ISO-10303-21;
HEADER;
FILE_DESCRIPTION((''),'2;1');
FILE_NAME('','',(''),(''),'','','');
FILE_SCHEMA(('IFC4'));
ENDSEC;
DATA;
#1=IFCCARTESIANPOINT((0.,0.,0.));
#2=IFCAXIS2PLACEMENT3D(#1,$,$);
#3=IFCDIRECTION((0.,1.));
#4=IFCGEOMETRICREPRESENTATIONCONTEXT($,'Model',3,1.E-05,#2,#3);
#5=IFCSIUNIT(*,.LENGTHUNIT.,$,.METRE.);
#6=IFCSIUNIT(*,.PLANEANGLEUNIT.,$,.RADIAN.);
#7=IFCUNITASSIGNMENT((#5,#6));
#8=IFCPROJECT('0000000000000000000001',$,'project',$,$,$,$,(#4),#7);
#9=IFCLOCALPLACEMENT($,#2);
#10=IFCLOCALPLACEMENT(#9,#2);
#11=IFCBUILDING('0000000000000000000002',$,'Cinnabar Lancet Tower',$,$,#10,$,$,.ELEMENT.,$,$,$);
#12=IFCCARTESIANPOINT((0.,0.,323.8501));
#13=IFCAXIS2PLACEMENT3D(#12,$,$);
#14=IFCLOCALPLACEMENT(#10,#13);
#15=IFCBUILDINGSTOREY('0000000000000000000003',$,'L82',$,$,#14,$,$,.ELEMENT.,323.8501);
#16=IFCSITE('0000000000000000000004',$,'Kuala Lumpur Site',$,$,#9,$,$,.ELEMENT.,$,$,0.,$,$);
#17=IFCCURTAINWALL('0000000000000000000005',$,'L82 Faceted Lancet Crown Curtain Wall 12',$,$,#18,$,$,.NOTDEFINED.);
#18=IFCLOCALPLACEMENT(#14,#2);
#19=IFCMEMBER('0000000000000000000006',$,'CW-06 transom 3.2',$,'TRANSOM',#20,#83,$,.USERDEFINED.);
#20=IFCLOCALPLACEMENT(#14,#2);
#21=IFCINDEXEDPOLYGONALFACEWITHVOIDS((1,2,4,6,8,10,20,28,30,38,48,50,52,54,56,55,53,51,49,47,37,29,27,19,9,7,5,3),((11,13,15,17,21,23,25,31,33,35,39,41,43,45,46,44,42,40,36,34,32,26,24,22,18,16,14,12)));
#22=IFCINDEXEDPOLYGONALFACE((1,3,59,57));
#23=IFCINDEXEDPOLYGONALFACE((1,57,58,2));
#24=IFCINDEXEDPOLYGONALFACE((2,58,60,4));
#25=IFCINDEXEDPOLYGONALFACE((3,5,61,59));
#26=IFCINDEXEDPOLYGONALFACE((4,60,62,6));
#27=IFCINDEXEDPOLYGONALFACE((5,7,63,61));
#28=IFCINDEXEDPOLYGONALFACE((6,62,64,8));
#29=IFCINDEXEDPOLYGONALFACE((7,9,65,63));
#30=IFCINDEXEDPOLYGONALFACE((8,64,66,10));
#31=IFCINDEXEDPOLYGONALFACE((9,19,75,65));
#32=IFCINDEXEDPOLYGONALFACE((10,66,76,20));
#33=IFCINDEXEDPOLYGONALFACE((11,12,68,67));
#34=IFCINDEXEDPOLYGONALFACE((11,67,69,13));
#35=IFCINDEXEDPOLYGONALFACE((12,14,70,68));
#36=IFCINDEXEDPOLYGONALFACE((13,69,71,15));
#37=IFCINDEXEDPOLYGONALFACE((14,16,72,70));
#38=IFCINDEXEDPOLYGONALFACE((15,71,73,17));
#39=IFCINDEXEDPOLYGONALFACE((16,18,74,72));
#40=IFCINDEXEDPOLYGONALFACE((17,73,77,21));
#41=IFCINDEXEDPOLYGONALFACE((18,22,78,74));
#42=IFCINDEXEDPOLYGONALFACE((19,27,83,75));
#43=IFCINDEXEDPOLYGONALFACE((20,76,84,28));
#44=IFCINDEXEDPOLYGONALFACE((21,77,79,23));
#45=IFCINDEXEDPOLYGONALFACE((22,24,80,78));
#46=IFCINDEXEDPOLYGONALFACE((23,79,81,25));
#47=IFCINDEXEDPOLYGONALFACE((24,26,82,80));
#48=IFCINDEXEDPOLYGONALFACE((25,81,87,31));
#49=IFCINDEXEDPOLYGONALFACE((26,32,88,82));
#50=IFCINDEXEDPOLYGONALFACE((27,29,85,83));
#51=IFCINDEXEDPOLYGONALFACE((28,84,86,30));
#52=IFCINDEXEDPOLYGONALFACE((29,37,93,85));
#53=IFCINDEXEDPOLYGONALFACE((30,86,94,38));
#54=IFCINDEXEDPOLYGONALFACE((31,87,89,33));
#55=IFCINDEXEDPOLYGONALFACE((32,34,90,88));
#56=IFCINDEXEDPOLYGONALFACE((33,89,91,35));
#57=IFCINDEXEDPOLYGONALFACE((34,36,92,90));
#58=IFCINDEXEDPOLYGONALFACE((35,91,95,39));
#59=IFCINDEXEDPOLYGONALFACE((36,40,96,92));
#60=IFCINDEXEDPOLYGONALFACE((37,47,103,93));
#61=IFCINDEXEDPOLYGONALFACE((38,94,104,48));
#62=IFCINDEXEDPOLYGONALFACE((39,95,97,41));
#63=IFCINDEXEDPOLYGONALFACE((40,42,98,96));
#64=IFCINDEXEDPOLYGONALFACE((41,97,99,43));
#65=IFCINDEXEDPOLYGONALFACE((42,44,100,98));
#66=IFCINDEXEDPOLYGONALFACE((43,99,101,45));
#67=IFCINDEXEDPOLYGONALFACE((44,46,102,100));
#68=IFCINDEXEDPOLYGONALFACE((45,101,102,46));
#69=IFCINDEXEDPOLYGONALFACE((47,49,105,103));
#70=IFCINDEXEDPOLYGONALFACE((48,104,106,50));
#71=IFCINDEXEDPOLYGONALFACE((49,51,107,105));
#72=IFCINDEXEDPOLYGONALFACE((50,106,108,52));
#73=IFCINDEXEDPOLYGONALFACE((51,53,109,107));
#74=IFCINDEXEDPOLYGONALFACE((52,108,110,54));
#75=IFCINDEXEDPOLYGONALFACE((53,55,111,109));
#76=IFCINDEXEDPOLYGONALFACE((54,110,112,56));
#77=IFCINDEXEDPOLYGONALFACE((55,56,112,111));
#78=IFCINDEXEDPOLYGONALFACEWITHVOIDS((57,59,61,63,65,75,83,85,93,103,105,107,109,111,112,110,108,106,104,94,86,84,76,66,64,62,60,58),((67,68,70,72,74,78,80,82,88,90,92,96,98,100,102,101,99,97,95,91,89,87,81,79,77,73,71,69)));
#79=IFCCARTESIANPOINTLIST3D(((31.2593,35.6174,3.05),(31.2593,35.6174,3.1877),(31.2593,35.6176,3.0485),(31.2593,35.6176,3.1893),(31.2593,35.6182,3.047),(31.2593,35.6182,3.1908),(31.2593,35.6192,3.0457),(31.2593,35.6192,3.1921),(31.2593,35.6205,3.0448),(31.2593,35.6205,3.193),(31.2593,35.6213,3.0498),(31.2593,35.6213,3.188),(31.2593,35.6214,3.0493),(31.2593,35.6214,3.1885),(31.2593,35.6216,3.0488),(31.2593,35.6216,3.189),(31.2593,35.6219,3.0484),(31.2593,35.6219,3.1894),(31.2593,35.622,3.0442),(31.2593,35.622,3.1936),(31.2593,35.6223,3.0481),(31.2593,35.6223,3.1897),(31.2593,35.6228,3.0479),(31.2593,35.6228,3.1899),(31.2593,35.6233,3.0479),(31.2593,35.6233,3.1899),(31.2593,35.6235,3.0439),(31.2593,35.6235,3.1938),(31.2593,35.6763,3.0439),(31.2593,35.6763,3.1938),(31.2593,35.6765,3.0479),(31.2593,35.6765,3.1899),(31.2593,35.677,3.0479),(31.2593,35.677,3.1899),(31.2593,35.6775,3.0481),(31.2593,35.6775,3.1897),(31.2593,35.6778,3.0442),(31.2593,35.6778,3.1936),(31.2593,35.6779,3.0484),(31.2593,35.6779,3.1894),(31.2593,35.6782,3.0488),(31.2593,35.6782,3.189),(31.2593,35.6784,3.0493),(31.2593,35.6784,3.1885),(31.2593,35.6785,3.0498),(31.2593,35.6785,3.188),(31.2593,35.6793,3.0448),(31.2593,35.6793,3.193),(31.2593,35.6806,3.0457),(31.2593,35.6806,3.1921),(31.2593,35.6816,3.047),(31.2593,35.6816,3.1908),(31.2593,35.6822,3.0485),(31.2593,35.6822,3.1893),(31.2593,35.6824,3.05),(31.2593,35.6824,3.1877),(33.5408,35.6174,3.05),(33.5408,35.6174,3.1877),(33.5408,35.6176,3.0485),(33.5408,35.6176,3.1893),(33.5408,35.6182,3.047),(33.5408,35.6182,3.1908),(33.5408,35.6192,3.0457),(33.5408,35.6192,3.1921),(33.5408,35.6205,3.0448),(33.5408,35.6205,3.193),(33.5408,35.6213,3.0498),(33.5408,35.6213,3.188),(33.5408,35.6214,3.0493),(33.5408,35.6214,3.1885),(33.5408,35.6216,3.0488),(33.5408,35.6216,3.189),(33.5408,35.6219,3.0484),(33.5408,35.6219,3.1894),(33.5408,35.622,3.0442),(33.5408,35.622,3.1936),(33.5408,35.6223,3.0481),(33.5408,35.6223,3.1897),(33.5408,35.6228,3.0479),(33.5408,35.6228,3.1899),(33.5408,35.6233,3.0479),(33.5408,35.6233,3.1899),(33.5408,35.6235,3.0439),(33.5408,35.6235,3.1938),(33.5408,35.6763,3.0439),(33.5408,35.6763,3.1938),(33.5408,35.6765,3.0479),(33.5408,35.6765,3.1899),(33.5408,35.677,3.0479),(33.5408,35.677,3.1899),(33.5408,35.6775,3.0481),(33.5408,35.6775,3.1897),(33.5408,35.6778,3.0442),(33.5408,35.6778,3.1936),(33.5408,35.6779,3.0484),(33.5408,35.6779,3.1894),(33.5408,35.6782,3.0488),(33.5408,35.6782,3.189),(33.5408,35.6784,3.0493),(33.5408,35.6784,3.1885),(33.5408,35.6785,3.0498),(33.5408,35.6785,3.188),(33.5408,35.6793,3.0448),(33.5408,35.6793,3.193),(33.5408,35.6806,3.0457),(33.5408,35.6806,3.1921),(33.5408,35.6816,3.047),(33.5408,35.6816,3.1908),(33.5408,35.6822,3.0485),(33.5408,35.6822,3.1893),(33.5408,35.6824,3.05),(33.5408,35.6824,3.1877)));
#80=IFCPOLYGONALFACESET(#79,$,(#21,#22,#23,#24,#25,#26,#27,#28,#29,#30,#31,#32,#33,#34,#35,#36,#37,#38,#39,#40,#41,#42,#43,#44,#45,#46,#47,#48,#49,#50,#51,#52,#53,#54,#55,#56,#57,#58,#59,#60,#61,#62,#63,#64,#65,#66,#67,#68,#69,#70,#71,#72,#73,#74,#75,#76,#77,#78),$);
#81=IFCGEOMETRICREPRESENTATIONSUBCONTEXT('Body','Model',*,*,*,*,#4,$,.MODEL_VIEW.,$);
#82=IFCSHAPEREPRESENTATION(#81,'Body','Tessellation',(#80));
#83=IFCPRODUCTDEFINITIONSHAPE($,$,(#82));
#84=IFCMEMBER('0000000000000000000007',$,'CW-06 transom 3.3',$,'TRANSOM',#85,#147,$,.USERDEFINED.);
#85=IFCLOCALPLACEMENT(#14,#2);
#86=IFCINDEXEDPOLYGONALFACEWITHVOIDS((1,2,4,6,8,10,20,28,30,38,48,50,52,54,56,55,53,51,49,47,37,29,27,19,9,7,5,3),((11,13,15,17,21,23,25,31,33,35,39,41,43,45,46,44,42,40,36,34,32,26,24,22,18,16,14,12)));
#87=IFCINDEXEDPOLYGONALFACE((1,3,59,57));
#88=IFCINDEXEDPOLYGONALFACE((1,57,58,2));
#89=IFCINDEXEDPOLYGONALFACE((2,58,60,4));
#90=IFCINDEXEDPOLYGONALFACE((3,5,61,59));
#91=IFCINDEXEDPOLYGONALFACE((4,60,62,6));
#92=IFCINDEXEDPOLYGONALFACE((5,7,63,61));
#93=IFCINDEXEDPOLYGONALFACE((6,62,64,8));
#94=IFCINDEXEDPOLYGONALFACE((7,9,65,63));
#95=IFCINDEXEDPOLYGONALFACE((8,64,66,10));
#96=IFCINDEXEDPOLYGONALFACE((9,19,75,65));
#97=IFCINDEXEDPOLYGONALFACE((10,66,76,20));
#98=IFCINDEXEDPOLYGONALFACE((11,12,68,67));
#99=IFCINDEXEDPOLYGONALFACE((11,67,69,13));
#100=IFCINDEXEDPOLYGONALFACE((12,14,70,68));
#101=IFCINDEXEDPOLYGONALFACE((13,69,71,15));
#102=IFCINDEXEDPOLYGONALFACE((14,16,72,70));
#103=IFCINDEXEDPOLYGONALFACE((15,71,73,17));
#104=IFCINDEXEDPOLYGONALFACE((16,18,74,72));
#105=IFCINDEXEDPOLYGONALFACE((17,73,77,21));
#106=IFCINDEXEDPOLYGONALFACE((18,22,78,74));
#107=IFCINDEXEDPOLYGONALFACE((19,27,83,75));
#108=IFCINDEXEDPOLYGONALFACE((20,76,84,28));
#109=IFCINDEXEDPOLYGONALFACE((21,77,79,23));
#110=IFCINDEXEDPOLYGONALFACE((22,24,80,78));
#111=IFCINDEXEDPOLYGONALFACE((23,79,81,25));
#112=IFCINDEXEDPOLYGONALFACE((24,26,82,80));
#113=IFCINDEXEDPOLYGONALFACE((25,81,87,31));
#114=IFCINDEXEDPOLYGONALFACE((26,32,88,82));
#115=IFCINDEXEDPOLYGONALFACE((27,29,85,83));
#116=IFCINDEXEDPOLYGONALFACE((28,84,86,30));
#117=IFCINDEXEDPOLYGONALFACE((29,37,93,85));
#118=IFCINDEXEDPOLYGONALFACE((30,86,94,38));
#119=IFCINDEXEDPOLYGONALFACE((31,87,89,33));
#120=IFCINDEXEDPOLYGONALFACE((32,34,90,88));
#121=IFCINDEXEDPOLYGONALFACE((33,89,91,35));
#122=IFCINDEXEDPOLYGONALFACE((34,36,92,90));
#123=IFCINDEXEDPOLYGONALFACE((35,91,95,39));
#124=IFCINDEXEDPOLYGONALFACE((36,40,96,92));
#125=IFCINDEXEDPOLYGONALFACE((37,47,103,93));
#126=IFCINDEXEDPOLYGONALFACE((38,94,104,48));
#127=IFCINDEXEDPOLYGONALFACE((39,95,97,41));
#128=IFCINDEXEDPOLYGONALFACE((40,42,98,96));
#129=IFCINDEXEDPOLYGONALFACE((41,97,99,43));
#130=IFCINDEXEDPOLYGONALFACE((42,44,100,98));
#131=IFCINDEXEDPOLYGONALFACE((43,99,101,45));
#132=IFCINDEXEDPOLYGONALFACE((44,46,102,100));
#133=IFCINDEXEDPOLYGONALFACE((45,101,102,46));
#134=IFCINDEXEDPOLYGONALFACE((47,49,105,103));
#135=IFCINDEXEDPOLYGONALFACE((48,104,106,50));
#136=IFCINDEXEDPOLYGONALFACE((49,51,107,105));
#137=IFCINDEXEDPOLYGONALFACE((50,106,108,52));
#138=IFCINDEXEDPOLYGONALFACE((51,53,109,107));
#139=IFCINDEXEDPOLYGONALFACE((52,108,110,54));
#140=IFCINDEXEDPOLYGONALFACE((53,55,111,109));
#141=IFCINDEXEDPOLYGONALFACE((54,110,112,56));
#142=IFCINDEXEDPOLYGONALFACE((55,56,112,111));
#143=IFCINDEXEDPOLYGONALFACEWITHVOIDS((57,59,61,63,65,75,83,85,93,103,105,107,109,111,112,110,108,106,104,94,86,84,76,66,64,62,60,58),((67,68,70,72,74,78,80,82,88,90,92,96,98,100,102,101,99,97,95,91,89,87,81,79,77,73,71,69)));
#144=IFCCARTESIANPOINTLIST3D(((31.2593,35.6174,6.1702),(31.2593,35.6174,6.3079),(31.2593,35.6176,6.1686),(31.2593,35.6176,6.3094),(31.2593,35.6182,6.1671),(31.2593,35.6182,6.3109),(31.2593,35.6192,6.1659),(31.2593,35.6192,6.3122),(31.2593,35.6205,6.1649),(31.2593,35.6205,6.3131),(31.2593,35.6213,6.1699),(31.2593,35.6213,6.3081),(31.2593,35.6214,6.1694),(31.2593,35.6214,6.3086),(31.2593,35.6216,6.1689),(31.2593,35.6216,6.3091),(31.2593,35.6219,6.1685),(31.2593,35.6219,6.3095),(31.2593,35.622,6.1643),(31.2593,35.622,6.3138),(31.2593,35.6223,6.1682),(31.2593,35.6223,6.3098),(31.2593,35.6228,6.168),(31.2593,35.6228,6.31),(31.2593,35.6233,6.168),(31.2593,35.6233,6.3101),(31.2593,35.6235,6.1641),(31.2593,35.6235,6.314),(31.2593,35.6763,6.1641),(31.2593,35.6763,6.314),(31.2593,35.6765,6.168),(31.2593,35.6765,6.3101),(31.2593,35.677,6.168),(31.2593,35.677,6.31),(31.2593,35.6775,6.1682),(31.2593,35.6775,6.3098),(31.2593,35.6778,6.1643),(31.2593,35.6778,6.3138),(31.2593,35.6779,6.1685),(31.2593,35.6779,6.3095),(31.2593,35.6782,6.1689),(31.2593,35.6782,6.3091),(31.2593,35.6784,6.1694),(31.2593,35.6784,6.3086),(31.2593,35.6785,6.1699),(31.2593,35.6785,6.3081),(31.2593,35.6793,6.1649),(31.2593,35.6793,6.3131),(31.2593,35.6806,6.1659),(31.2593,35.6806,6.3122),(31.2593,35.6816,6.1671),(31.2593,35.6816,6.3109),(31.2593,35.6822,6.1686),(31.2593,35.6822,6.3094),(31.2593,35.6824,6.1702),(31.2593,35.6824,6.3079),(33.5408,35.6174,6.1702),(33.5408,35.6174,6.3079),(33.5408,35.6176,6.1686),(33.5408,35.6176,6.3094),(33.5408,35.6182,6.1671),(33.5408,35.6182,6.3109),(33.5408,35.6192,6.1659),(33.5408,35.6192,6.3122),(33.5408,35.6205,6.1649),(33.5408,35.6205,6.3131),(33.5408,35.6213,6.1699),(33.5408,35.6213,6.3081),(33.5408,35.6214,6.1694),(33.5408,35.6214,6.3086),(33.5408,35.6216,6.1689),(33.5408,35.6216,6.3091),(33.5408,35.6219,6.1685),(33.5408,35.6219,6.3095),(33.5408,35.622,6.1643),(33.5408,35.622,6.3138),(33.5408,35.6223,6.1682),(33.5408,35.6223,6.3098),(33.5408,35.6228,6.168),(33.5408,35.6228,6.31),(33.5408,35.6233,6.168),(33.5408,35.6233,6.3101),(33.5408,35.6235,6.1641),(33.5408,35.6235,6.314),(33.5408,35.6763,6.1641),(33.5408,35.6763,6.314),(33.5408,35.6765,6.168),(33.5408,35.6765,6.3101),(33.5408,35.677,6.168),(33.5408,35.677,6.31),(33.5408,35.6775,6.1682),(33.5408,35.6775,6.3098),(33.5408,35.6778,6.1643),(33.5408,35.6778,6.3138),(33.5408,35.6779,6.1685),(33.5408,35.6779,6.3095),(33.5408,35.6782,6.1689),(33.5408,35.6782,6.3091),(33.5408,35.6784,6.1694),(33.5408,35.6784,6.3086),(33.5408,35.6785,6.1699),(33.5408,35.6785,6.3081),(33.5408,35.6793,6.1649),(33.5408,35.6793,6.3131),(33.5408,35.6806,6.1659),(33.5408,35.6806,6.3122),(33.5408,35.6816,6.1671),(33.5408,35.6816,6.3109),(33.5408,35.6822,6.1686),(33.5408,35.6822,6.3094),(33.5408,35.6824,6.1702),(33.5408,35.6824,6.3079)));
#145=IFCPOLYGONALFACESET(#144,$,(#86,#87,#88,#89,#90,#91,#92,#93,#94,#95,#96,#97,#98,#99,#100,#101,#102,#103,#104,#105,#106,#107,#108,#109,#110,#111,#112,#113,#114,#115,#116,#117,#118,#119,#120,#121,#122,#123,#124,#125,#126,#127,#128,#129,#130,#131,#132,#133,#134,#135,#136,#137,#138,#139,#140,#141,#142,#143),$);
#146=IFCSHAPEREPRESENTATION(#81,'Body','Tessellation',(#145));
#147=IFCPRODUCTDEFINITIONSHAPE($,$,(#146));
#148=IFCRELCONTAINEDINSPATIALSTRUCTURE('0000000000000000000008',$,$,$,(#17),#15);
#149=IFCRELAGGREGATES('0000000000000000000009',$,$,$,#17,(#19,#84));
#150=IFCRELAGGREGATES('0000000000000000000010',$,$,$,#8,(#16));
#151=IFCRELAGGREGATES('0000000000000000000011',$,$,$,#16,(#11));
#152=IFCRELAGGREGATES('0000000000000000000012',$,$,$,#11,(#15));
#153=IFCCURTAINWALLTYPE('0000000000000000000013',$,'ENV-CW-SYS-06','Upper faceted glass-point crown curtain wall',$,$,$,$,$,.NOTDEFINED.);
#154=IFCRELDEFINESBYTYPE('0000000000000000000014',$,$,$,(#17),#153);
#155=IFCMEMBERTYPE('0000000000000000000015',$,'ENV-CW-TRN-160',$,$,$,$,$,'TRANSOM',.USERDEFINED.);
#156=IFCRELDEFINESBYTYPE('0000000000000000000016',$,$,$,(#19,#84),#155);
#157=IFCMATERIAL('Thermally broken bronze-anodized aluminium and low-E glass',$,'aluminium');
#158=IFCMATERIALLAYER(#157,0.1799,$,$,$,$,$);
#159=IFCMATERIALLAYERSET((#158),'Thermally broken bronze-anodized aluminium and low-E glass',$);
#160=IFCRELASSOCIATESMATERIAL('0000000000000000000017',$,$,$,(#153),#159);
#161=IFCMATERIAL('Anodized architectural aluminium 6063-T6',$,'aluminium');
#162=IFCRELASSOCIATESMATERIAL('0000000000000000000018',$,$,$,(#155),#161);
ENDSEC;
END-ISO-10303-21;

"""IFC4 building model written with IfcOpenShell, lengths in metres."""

from ifc_helpers import new_model, si_unit, direction, frame, origin, origin_2d, place, context, subcontext, project, spatial, hollow_rectangle, extrude, material, layer, layer_set, material_profile, profile_set, type_object, element, aggregate, save


model = new_model("IFC4")

# Units and contexts
model_context = context("Model", 3, precision=1e-05, world=origin(), true_north=direction((0.0, 1.0)))
body_context = subcontext(model_context, "Body", "Model", "MODEL_VIEW")
ifc_project = project(units=[si_unit("LENGTHUNIT", "METRE"), si_unit("PLANEANGLEUNIT", "RADIAN")], contexts=[model_context])

# Site, building, storey
site_placement = place(None, origin())
site = spatial("IfcSite", under=ifc_project, at=site_placement, Name="Kuala Lumpur Site", CompositionType="ELEMENT", RefElevation=0.0)
building_placement = place(site_placement, origin())
building = spatial("IfcBuilding", under=site, at=building_placement, Name="Cinnabar Lancet Tower", CompositionType="ELEMENT")
storey_placement = place(building_placement, frame((0.0, 0.0, 323.8501)))
storey = spatial("IfcBuildingStorey", under=building, at=storey_placement, Name="L82", CompositionType="ELEMENT", Elevation=323.8501)

# Shared definitions
ifc_material_1 = material(Name="Thermally broken bronze-anodized aluminium and low-E glass", Category="aluminium")
ifc_layer_1 = layer(ifc_material_1, 0.1799)
ifc_layer_set_1 = layer_set([ifc_layer_1], Name="Thermally broken bronze-anodized aluminium and low-E glass")
curtain_wall_type = type_object("IfcCurtainWallType", Name="ENV-CW-SYS-06", Description="Upper faceted glass-point crown curtain wall", PredefinedType="NOTDEFINED", material=ifc_layer_set_1)

# Curtain wall, members
curtain_wall_1_placement = place(storey_placement, origin())
curtain_wall_1 = element("IfcCurtainWall", 1, at=curtain_wall_1_placement, inside=storey, type_object=curtain_wall_type, Name="L82 Faceted Lancet Crown Curtain Wall 12", PredefinedType="NOTDEFINED")
ifc_material_2 = material(Name="Anodized architectural aluminium 6063-T6", Category="aluminium")
ifc_material_profile_1 = material_profile(ifc_material_2, hollow_rectangle(XDim=0.0649, YDim=0.1499, WallThickness=0.0039, InnerFilletRadius=0.002, OuterFilletRadius=0.0061, at=origin_2d()), Name="CW-TRN 150x65x4")
ifc_profile_set_1 = profile_set([ifc_material_profile_1], Name="Anodized architectural aluminium 6063-T6")
member_type_1 = type_object("IfcMemberType", Name="ENV-CW-TRN-160", ElementType="TRANSOM", PredefinedType="USERDEFINED", material=ifc_profile_set_1)
member_1_placement = place(storey_placement, frame((33.5408, 35.6499, 3.1189), z_axis=(-1.0, 0.0, 0.0), x_axis=(0.0, -1.0, 0.0)))
member_1 = element("IfcMember", 2, at=member_1_placement, type_object=member_type_1, Name="CW-06 transom 3.2", ObjectType="TRANSOM", PredefinedType="USERDEFINED", context=body_context, shape_type="SweptSolid", body=[
    extrude(hollow_rectangle(XDim=0.0649, YDim=0.1499, WallThickness=0.0039, InnerFilletRadius=0.002, OuterFilletRadius=0.0061, at=origin_2d()), origin(), (0.0, 0.0, 1.0), 2.2815),
])
member_2_placement = place(storey_placement, frame((33.5408, 35.6499, 6.239), z_axis=(-1.0, 0.0, 0.0), x_axis=(0.0, -1.0, 0.0)))
member_2 = element("IfcMember", 3, at=member_2_placement, type_object=member_type_1, Name="CW-06 transom 3.3", ObjectType="TRANSOM", PredefinedType="USERDEFINED", context=body_context, shape_type="SweptSolid", body=[
    extrude(hollow_rectangle(XDim=0.0649, YDim=0.1499, WallThickness=0.0039, InnerFilletRadius=0.002, OuterFilletRadius=0.0061, at=origin_2d()), origin(), (0.0, 0.0, 1.0), 2.2815),
])

aggregate(curtain_wall_1, [member_1, member_2])

save(model, "model.ifc")
